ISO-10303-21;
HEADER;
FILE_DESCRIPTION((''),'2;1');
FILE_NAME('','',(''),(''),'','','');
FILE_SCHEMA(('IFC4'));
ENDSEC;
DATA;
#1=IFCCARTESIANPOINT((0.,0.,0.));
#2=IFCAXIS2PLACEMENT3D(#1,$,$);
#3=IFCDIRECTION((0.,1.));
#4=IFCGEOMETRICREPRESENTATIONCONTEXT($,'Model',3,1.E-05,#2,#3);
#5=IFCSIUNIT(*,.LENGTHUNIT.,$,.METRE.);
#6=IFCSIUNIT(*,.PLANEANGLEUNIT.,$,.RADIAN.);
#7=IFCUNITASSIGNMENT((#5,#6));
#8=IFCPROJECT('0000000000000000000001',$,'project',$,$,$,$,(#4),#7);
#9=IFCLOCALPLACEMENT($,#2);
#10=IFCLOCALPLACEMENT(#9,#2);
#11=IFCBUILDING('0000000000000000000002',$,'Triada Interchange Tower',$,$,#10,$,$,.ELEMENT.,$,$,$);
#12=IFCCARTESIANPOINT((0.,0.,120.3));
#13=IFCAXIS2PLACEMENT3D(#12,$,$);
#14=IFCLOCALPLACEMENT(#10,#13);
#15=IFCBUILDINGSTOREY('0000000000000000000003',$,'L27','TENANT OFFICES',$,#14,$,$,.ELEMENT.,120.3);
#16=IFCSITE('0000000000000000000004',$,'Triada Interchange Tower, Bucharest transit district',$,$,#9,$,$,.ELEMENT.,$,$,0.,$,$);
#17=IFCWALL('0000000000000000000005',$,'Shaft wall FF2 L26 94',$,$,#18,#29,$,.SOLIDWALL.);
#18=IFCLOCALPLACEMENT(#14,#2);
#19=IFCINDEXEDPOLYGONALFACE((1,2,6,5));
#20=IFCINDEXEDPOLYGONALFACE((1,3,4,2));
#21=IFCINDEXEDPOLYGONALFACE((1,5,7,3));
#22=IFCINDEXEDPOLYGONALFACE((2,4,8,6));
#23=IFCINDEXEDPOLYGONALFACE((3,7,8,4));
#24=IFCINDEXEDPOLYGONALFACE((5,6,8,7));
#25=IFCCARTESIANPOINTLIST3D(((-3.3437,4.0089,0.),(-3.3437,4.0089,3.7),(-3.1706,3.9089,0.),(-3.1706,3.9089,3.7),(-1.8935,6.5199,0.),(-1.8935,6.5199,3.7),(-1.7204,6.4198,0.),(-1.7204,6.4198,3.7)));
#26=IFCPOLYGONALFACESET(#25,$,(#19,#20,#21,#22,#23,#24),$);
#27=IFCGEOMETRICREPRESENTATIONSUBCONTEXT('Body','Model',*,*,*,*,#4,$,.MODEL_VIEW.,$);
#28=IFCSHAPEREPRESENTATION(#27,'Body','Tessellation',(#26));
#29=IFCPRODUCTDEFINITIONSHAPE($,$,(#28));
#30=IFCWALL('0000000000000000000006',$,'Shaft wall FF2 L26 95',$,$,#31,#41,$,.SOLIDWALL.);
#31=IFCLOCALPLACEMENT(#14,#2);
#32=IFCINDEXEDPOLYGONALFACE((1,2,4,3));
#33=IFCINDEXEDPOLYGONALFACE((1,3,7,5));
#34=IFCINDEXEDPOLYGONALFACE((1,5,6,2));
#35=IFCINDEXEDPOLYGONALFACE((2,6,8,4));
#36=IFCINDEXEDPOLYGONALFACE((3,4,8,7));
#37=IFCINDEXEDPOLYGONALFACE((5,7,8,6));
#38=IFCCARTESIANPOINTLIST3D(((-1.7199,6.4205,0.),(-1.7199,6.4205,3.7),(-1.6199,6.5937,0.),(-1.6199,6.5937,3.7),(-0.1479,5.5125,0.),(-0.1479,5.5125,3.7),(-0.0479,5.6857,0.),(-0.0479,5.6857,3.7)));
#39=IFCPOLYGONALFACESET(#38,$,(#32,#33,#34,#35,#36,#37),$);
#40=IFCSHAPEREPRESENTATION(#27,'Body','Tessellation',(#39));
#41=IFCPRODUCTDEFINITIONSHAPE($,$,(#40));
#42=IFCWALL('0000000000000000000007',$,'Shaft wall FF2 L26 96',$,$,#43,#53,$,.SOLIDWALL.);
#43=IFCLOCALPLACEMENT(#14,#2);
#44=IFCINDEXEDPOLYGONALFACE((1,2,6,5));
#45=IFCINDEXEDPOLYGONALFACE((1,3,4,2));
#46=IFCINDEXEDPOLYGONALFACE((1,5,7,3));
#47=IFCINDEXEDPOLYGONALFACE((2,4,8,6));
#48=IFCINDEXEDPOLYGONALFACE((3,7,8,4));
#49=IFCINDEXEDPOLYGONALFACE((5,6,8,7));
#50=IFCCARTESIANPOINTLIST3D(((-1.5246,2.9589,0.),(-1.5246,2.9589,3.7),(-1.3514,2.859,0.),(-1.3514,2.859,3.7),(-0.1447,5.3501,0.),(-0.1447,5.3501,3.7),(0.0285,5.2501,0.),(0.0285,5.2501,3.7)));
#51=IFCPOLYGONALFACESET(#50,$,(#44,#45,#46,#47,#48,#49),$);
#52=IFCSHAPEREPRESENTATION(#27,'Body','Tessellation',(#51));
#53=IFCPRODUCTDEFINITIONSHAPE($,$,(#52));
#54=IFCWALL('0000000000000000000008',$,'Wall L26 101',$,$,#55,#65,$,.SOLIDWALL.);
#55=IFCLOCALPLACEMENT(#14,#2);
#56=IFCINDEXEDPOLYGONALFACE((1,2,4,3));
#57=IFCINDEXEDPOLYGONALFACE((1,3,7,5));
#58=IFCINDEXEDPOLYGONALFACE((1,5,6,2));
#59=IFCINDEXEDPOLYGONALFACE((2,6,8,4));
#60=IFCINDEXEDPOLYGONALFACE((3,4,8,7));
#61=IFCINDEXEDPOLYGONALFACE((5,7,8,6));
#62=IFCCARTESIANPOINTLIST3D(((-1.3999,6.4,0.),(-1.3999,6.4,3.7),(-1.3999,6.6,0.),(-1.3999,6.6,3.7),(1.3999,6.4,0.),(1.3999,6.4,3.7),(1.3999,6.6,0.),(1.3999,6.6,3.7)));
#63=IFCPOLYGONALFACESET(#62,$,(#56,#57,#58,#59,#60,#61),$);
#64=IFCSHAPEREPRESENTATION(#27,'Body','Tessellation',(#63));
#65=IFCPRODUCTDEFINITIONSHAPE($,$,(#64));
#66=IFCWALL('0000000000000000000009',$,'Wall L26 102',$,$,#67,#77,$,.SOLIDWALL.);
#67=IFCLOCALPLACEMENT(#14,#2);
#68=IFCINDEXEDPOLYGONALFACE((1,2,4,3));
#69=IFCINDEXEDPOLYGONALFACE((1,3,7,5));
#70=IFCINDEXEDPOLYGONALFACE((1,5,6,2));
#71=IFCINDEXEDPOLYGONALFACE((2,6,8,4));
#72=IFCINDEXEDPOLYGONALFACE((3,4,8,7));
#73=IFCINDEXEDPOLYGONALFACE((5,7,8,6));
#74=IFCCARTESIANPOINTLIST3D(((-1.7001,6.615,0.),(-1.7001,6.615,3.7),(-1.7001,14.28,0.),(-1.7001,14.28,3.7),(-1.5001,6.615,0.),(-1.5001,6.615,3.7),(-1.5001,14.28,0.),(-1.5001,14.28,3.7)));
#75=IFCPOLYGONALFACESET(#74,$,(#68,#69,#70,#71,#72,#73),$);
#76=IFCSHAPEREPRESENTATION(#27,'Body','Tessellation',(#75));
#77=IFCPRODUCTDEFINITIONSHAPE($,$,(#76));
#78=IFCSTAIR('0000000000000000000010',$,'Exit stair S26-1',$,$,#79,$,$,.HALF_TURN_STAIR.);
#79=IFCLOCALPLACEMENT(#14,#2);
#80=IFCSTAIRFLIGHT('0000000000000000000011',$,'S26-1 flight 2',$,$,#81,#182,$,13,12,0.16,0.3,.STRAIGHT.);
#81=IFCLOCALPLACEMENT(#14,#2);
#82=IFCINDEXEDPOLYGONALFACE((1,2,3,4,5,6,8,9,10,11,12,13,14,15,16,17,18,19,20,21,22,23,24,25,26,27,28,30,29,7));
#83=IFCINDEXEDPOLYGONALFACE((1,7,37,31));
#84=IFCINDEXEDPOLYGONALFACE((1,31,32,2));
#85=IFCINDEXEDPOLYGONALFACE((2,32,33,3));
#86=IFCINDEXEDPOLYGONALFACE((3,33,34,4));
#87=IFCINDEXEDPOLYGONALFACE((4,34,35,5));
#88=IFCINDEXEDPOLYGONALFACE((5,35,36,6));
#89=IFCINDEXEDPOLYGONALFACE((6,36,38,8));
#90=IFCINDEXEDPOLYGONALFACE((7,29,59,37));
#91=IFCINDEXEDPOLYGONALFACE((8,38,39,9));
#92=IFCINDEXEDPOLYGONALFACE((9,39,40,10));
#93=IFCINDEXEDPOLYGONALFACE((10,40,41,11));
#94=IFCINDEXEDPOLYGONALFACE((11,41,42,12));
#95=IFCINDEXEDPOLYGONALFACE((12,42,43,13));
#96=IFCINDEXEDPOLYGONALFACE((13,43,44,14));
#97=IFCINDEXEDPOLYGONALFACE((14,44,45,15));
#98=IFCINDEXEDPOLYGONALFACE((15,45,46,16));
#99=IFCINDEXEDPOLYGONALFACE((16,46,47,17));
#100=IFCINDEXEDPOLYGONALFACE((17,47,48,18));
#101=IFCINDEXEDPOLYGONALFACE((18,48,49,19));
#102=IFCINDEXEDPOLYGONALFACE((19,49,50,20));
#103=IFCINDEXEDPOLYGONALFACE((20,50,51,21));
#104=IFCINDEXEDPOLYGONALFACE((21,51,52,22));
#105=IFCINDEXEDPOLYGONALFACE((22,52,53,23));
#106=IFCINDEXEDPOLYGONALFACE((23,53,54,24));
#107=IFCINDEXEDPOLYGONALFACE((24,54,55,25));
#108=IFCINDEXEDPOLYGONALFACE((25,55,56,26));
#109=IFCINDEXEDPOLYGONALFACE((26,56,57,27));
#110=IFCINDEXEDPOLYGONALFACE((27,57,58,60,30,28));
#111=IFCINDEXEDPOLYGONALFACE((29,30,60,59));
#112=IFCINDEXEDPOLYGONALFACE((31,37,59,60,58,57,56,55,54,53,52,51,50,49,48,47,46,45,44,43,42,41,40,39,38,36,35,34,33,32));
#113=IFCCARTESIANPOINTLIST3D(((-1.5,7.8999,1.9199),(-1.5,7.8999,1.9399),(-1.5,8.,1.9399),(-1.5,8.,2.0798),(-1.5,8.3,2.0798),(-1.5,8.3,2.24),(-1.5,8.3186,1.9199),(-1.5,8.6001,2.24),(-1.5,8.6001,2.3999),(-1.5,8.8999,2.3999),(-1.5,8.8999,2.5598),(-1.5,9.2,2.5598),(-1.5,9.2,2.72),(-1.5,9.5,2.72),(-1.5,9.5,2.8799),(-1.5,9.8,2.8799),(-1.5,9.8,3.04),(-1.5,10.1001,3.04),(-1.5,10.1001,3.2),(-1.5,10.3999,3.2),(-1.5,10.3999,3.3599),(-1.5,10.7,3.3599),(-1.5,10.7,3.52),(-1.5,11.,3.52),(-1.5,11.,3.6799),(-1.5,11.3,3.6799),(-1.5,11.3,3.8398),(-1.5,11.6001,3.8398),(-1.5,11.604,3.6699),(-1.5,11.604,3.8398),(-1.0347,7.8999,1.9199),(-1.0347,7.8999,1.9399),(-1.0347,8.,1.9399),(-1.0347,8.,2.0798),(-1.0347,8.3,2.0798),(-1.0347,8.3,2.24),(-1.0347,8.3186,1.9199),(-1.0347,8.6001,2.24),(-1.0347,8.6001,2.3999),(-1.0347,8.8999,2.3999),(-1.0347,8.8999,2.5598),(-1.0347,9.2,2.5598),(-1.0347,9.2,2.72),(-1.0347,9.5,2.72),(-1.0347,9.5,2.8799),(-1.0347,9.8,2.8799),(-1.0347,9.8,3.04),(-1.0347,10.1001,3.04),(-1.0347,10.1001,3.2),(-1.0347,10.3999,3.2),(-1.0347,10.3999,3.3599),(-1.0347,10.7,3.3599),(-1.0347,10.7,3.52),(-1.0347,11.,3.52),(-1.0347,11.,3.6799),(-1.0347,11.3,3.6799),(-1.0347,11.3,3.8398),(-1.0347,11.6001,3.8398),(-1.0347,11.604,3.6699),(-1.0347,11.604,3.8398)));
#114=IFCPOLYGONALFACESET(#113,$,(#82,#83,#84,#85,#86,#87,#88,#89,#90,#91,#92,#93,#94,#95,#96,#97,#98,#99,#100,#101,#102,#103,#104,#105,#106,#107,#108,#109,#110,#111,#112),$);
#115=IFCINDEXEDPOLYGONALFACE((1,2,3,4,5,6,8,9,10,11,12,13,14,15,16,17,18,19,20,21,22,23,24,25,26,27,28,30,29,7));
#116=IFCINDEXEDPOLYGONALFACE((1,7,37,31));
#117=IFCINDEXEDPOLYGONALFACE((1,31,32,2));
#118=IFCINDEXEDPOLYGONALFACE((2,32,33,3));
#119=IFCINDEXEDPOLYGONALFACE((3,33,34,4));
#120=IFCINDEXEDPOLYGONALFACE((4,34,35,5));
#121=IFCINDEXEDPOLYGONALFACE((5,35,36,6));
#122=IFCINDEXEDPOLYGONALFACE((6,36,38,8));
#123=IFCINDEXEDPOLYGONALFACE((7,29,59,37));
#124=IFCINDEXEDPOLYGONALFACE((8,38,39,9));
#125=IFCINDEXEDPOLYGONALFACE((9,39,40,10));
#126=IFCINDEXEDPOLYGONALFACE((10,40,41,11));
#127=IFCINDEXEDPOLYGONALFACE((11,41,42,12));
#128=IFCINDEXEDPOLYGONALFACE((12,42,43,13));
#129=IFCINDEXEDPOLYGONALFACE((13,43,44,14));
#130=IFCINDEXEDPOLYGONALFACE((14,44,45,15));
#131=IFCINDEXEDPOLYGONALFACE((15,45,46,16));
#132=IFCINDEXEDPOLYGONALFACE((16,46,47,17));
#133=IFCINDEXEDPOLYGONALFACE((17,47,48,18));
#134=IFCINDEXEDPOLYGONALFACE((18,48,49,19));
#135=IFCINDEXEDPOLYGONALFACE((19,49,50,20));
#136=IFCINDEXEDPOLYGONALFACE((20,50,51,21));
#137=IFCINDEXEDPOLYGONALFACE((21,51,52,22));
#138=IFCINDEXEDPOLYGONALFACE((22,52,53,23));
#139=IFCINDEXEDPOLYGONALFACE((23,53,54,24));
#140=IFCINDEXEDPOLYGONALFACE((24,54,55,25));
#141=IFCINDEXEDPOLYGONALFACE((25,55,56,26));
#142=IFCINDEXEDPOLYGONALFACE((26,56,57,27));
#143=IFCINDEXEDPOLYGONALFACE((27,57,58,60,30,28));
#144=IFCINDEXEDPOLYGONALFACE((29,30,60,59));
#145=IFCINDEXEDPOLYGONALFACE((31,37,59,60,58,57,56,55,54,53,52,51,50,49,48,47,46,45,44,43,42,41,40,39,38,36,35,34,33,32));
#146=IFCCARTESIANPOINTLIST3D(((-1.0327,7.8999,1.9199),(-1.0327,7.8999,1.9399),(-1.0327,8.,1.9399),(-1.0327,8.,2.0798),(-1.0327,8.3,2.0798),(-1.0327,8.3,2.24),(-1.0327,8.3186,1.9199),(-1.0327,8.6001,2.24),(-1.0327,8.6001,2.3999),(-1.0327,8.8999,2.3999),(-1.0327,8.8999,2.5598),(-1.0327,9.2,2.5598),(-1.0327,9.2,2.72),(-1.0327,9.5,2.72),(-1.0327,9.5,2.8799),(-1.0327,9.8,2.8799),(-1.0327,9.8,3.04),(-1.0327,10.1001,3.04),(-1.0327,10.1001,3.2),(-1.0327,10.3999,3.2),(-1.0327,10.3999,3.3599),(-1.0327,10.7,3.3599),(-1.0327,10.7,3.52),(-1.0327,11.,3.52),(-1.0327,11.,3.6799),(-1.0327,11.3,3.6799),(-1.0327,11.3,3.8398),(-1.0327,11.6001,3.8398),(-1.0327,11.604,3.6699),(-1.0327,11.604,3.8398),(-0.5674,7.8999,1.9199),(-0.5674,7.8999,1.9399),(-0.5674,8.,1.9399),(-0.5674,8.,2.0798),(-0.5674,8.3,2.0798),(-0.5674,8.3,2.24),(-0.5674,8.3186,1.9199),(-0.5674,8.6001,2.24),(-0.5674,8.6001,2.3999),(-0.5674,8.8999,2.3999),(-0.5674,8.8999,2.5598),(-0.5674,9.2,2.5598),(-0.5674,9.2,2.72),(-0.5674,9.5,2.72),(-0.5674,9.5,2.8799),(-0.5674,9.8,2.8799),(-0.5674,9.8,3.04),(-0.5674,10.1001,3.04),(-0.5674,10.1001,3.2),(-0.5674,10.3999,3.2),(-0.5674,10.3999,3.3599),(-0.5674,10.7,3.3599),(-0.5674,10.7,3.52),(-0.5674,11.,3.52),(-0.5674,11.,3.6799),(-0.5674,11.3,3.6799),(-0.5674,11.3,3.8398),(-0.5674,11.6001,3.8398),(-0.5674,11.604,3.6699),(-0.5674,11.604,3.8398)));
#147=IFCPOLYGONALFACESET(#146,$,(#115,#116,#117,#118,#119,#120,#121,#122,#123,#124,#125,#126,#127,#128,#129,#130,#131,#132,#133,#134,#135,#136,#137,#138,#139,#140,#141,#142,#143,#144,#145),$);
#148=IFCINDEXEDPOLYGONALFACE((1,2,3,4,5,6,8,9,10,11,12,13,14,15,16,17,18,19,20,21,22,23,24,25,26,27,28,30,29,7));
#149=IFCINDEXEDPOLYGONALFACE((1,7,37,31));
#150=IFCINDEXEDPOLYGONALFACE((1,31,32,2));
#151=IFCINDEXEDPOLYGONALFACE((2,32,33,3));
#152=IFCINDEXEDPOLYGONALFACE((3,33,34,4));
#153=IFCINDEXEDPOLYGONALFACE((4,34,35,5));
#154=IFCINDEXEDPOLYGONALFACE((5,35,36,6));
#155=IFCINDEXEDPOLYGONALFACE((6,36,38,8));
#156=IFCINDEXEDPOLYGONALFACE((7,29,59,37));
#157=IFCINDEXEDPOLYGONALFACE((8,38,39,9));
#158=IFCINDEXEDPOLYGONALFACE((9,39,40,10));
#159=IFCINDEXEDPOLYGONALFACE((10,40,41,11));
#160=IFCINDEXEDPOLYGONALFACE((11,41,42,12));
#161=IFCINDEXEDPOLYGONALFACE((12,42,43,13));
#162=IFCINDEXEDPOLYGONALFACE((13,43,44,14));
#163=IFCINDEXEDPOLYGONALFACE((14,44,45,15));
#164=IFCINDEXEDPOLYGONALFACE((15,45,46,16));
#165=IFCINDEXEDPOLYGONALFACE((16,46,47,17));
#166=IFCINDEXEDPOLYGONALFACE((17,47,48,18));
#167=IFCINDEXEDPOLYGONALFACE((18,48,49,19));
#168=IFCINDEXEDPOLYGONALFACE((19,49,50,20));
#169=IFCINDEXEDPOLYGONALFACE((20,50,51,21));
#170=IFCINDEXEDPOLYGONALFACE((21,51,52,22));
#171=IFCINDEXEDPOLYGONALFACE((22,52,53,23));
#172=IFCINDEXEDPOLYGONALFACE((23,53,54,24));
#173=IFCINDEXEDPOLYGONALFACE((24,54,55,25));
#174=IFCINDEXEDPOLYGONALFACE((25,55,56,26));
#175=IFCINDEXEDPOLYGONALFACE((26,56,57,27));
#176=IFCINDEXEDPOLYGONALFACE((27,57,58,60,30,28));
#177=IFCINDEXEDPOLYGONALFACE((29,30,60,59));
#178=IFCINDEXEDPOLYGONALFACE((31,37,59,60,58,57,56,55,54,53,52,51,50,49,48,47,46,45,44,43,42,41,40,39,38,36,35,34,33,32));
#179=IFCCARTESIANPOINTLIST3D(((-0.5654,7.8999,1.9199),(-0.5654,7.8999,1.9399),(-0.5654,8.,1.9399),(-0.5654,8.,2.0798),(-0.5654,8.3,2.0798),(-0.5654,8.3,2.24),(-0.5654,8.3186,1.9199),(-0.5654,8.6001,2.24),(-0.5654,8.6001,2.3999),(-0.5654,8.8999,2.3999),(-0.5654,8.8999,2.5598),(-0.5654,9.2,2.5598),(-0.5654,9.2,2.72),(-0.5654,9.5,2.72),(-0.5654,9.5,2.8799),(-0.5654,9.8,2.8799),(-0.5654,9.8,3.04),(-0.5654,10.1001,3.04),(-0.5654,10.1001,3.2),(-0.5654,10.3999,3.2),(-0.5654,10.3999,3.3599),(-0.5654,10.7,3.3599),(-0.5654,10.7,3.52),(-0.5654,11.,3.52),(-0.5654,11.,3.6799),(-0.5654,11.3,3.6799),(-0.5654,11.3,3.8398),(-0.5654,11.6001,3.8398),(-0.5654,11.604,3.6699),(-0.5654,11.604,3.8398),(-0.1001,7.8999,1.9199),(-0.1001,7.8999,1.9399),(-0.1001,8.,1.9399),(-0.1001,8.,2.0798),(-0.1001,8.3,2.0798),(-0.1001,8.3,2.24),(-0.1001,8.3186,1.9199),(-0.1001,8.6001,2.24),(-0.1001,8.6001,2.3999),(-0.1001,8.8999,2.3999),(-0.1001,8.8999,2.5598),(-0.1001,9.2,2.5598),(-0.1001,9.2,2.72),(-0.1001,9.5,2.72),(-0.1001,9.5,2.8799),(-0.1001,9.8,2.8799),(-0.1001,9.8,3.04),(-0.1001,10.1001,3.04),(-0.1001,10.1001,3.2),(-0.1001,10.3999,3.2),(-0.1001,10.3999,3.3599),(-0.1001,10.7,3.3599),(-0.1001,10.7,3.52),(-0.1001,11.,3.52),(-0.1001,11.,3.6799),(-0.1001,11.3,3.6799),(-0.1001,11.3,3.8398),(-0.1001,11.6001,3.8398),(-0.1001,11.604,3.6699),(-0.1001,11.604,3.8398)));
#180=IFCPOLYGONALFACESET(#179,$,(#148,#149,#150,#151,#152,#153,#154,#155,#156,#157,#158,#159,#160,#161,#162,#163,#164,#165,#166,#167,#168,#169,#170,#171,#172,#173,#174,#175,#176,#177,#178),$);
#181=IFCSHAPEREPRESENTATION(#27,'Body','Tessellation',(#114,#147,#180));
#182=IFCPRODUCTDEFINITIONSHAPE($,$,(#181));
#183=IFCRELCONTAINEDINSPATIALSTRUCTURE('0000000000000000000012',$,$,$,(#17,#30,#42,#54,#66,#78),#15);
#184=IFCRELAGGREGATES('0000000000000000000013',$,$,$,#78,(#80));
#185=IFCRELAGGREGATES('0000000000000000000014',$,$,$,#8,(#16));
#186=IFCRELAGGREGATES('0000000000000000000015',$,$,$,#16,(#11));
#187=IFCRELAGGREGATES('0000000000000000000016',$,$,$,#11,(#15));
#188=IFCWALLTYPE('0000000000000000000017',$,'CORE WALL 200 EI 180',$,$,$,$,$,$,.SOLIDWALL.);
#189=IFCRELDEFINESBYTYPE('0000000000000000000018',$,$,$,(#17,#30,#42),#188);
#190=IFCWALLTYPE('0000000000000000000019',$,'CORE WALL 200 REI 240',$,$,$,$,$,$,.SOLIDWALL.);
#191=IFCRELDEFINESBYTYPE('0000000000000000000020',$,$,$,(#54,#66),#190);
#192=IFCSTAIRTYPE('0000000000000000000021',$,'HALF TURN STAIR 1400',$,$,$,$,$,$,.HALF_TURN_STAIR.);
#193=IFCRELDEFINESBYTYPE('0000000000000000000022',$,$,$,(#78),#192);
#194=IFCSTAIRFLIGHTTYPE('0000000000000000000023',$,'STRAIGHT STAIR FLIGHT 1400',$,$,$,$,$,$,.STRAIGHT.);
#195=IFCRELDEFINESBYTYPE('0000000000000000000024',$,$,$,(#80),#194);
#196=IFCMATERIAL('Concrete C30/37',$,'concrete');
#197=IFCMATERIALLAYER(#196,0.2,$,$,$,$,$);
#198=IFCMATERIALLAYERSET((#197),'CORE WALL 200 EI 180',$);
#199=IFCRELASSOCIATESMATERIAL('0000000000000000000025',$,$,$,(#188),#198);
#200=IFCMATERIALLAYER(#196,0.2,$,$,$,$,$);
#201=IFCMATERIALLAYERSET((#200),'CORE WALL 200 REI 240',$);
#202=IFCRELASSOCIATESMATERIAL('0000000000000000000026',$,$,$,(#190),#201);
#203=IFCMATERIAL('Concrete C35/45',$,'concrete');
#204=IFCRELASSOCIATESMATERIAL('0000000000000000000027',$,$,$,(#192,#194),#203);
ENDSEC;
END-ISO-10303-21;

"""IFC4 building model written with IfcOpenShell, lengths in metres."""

from ifc_helpers import new_model, si_unit, direction, frame, frame_2d, origin, place, context, subcontext, project, spatial, polyline, rectangle, outline, extrude, material, layer, layer_set, type_object, element, aggregate, save


model = new_model("IFC4")

# Units and contexts
model_context = context("Model", 3, precision=1e-05, world=origin(), true_north=direction((0.0, 1.0)))
body_context = subcontext(model_context, "Body", "Model", "MODEL_VIEW")
ifc_project = project(units=[si_unit("LENGTHUNIT", "METRE"), si_unit("PLANEANGLEUNIT", "RADIAN")], contexts=[model_context])

# Site, building, storey
site_placement = place(None, origin())
site = spatial("IfcSite", under=ifc_project, at=site_placement, Name="Triada Interchange Tower, Bucharest transit district", CompositionType="ELEMENT", RefElevation=0.0)
building_placement = place(site_placement, origin())
building = spatial("IfcBuilding", under=site, at=building_placement, Name="Triada Interchange Tower", CompositionType="ELEMENT")
storey_placement = place(building_placement, frame((0.0, 0.0, 120.3)))
storey = spatial("IfcBuildingStorey", under=building, at=storey_placement, Name="L27", Description="TENANT OFFICES", CompositionType="ELEMENT", Elevation=120.3)

# Shared definitions
ifc_material_1 = material(Name="Concrete C30/37", Category="concrete")
ifc_layer_1 = layer(ifc_material_1, 0.2)
ifc_layer_set_1 = layer_set([ifc_layer_1], Name="CORE WALL 200 EI 180")
wall_type_1 = type_object("IfcWallType", Name="CORE WALL 200 EI 180", PredefinedType="SOLIDWALL", material=ifc_layer_set_1)

# Walls
wall_1_placement = place(storey_placement, frame((-3.2571, 3.959, 0.0), z_axis=(0.0, 0.0, 1.0), x_axis=(0.500123, 0.865954, 0.0)))
element("IfcWall", 1, at=wall_1_placement, inside=storey, type_object=wall_type_1, Name="Shaft wall FF2 L26 94", PredefinedType="SOLIDWALL", context=body_context, shape_type="SweptSolid", body=[
    extrude(rectangle(XDim=2.8997, YDim=0.2, at=frame_2d((1.4497, 0.0))), origin(), (0.0, 0.0, 1.0), 3.7),
])
wall_2_placement = place(storey_placement, frame((-1.6699, 6.5071, 0.0), z_axis=(0.0, 0.0, 1.0), x_axis=(0.865941, -0.500145, 0.0)))
element("IfcWall", 2, at=wall_2_placement, inside=storey, type_object=wall_type_1, Name="Shaft wall FF2 L26 95", PredefinedType="SOLIDWALL", context=body_context, shape_type="SweptSolid", body=[
    extrude(rectangle(XDim=1.8154, YDim=0.2, at=frame_2d((0.9077, 0.0))), origin(), (0.0, 0.0, 1.0), 3.7),
])
wall_3_placement = place(storey_placement, frame((-1.438, 2.9089, 0.0), z_axis=(0.0, 0.0, 1.0), x_axis=(0.49983, 0.866124, 0.0)))
element("IfcWall", 3, at=wall_3_placement, inside=storey, type_object=wall_type_1, Name="Shaft wall FF2 L26 96", PredefinedType="SOLIDWALL", context=body_context, shape_type="SweptSolid", body=[
    extrude(rectangle(XDim=2.7607, YDim=0.2, at=frame_2d((1.3804, 0.0))), origin(), (0.0, 0.0, 1.0), 3.7),
])
ifc_layer_2 = layer(ifc_material_1, 0.2)
ifc_layer_set_2 = layer_set([ifc_layer_2], Name="CORE WALL 200 REI 240")
wall_type_2 = type_object("IfcWallType", Name="CORE WALL 200 REI 240", PredefinedType="SOLIDWALL", material=ifc_layer_set_2)
wall_4_placement = place(storey_placement, frame((-1.3999, 6.5, 0.0), z_axis=(0.0, 0.0, 1.0), x_axis=(1.0, 0.0, 0.0)))
element("IfcWall", 4, at=wall_4_placement, inside=storey, type_object=wall_type_2, Name="Wall L26 101", PredefinedType="SOLIDWALL", context=body_context, shape_type="SweptSolid", body=[
    extrude(rectangle(XDim=2.7998, YDim=0.2, at=frame_2d((1.3999, 0.0))), origin(), (0.0, 0.0, 1.0), 3.7),
])
wall_5_placement = place(storey_placement, frame((-1.6001, 6.615, 0.0), z_axis=(0.0, 0.0, 1.0), x_axis=(0.0, 1.0, 0.0)))
element("IfcWall", 5, at=wall_5_placement, inside=storey, type_object=wall_type_2, Name="Wall L26 102", PredefinedType="SOLIDWALL", context=body_context, shape_type="SweptSolid", body=[
    extrude(rectangle(XDim=7.665, YDim=0.2, at=frame_2d((3.8325, 0.0))), origin(), (0.0, 0.0, 1.0), 3.7),
])

# Stair, stair flight
ifc_material_2 = material(Name="Concrete C35/45", Category="concrete")
stair_type = type_object("IfcStairType", Name="HALF TURN STAIR 1400", PredefinedType="HALF_TURN_STAIR", material=ifc_material_2)
stair_placement = place(storey_placement, origin())
stair = element("IfcStair", 6, at=stair_placement, inside=storey, type_object=stair_type, Name="Exit stair S26-1", PredefinedType="HALF_TURN_STAIR")
stair_flight_type = type_object("IfcStairFlightType", Name="STRAIGHT STAIR FLIGHT 1400", PredefinedType="STRAIGHT", material=ifc_material_2)
stair_flight_placement = place(storey_placement, frame((-0.8, 8.0, 1.9199), z_axis=(0.0, 0.0, 1.0), x_axis=(0.0, 1.0, 0.0)))
stair_flight = element("IfcStairFlight", 7, at=stair_flight_placement, type_object=stair_flight_type, Name="S26-1 flight 2", NumberOfRisers=13, NumberOfTreads=12, PredefinedType="STRAIGHT", RiserHeight=0.16, TreadLength=0.3, context=body_context, shape_type="SweptSolid", body=[
    extrude(outline(polyline([(-0.1001, 0.0), (-0.1001, 0.02), (0.0, 0.02), (0.0, 0.1599), (0.3, 0.1599), (0.3, 0.3201), (0.6001, 0.3201), (0.6001, 0.48), (0.8999, 0.48), (0.8999, 0.6399), (1.2, 0.6399), (1.2, 0.8), (1.5, 0.8), (1.5, 0.96), (1.8, 0.96), (1.8, 1.1201), (2.1001, 1.1201), (2.1001, 1.28), (2.3999, 1.28), (2.3999, 1.4399), (2.7, 1.4399), (2.7, 1.6001), (3.0, 1.6001), (3.0, 1.76), (3.3, 1.76), (3.3, 1.9199), (3.6001, 1.9199), (3.604, 1.9199), (3.604, 2.0801), (3.604, 1.75), (0.3186, 0.0), (-0.1001, 0.0)])), frame((0.0, 0.7, 0.0), z_axis=(0.0, -1.0, 0.0), x_axis=(1.0, 0.0, 0.0)), (0.0, 0.0, 1.0), 0.4653),
    extrude(outline(polyline([(-0.1001, 0.0), (-0.1001, 0.02), (0.0, 0.02), (0.0, 0.1599), (0.3, 0.1599), (0.3, 0.3201), (0.6001, 0.3201), (0.6001, 0.48), (0.8999, 0.48), (0.8999, 0.6399), (1.2, 0.6399), (1.2, 0.8), (1.5, 0.8), (1.5, 0.96), (1.8, 0.96), (1.8, 1.1201), (2.1001, 1.1201), (2.1001, 1.28), (2.3999, 1.28), (2.3999, 1.4399), (2.7, 1.4399), (2.7, 1.6001), (3.0, 1.6001), (3.0, 1.76), (3.3, 1.76), (3.3, 1.9199), (3.6001, 1.9199), (3.604, 1.9199), (3.604, 2.0801), (3.604, 1.75), (0.3186, 0.0), (-0.1001, 0.0)])), frame((0.0, 0.2327, 0.0), z_axis=(0.0, -1.0, 0.0), x_axis=(1.0, 0.0, 0.0)), (0.0, 0.0, 1.0), 0.4653),
    extrude(outline(polyline([(-0.1001, 0.0), (-0.1001, 0.02), (0.0, 0.02), (0.0, 0.1599), (0.3, 0.1599), (0.3, 0.3201), (0.6001, 0.3201), (0.6001, 0.48), (0.8999, 0.48), (0.8999, 0.6399), (1.2, 0.6399), (1.2, 0.8), (1.5, 0.8), (1.5, 0.96), (1.8, 0.96), (1.8, 1.1201), (2.1001, 1.1201), (2.1001, 1.28), (2.3999, 1.28), (2.3999, 1.4399), (2.7, 1.4399), (2.7, 1.6001), (3.0, 1.6001), (3.0, 1.76), (3.3, 1.76), (3.3, 1.9199), (3.6001, 1.9199), (3.604, 1.9199), (3.604, 2.0801), (3.604, 1.75), (0.3186, 0.0), (-0.1001, 0.0)])), frame((0.0, -0.2346, 0.0), z_axis=(0.0, -1.0, 0.0), x_axis=(1.0, 0.0, 0.0)), (0.0, 0.0, 1.0), 0.4653),
])
aggregate(stair, [stair_flight])

save(model, "model.ifc")
